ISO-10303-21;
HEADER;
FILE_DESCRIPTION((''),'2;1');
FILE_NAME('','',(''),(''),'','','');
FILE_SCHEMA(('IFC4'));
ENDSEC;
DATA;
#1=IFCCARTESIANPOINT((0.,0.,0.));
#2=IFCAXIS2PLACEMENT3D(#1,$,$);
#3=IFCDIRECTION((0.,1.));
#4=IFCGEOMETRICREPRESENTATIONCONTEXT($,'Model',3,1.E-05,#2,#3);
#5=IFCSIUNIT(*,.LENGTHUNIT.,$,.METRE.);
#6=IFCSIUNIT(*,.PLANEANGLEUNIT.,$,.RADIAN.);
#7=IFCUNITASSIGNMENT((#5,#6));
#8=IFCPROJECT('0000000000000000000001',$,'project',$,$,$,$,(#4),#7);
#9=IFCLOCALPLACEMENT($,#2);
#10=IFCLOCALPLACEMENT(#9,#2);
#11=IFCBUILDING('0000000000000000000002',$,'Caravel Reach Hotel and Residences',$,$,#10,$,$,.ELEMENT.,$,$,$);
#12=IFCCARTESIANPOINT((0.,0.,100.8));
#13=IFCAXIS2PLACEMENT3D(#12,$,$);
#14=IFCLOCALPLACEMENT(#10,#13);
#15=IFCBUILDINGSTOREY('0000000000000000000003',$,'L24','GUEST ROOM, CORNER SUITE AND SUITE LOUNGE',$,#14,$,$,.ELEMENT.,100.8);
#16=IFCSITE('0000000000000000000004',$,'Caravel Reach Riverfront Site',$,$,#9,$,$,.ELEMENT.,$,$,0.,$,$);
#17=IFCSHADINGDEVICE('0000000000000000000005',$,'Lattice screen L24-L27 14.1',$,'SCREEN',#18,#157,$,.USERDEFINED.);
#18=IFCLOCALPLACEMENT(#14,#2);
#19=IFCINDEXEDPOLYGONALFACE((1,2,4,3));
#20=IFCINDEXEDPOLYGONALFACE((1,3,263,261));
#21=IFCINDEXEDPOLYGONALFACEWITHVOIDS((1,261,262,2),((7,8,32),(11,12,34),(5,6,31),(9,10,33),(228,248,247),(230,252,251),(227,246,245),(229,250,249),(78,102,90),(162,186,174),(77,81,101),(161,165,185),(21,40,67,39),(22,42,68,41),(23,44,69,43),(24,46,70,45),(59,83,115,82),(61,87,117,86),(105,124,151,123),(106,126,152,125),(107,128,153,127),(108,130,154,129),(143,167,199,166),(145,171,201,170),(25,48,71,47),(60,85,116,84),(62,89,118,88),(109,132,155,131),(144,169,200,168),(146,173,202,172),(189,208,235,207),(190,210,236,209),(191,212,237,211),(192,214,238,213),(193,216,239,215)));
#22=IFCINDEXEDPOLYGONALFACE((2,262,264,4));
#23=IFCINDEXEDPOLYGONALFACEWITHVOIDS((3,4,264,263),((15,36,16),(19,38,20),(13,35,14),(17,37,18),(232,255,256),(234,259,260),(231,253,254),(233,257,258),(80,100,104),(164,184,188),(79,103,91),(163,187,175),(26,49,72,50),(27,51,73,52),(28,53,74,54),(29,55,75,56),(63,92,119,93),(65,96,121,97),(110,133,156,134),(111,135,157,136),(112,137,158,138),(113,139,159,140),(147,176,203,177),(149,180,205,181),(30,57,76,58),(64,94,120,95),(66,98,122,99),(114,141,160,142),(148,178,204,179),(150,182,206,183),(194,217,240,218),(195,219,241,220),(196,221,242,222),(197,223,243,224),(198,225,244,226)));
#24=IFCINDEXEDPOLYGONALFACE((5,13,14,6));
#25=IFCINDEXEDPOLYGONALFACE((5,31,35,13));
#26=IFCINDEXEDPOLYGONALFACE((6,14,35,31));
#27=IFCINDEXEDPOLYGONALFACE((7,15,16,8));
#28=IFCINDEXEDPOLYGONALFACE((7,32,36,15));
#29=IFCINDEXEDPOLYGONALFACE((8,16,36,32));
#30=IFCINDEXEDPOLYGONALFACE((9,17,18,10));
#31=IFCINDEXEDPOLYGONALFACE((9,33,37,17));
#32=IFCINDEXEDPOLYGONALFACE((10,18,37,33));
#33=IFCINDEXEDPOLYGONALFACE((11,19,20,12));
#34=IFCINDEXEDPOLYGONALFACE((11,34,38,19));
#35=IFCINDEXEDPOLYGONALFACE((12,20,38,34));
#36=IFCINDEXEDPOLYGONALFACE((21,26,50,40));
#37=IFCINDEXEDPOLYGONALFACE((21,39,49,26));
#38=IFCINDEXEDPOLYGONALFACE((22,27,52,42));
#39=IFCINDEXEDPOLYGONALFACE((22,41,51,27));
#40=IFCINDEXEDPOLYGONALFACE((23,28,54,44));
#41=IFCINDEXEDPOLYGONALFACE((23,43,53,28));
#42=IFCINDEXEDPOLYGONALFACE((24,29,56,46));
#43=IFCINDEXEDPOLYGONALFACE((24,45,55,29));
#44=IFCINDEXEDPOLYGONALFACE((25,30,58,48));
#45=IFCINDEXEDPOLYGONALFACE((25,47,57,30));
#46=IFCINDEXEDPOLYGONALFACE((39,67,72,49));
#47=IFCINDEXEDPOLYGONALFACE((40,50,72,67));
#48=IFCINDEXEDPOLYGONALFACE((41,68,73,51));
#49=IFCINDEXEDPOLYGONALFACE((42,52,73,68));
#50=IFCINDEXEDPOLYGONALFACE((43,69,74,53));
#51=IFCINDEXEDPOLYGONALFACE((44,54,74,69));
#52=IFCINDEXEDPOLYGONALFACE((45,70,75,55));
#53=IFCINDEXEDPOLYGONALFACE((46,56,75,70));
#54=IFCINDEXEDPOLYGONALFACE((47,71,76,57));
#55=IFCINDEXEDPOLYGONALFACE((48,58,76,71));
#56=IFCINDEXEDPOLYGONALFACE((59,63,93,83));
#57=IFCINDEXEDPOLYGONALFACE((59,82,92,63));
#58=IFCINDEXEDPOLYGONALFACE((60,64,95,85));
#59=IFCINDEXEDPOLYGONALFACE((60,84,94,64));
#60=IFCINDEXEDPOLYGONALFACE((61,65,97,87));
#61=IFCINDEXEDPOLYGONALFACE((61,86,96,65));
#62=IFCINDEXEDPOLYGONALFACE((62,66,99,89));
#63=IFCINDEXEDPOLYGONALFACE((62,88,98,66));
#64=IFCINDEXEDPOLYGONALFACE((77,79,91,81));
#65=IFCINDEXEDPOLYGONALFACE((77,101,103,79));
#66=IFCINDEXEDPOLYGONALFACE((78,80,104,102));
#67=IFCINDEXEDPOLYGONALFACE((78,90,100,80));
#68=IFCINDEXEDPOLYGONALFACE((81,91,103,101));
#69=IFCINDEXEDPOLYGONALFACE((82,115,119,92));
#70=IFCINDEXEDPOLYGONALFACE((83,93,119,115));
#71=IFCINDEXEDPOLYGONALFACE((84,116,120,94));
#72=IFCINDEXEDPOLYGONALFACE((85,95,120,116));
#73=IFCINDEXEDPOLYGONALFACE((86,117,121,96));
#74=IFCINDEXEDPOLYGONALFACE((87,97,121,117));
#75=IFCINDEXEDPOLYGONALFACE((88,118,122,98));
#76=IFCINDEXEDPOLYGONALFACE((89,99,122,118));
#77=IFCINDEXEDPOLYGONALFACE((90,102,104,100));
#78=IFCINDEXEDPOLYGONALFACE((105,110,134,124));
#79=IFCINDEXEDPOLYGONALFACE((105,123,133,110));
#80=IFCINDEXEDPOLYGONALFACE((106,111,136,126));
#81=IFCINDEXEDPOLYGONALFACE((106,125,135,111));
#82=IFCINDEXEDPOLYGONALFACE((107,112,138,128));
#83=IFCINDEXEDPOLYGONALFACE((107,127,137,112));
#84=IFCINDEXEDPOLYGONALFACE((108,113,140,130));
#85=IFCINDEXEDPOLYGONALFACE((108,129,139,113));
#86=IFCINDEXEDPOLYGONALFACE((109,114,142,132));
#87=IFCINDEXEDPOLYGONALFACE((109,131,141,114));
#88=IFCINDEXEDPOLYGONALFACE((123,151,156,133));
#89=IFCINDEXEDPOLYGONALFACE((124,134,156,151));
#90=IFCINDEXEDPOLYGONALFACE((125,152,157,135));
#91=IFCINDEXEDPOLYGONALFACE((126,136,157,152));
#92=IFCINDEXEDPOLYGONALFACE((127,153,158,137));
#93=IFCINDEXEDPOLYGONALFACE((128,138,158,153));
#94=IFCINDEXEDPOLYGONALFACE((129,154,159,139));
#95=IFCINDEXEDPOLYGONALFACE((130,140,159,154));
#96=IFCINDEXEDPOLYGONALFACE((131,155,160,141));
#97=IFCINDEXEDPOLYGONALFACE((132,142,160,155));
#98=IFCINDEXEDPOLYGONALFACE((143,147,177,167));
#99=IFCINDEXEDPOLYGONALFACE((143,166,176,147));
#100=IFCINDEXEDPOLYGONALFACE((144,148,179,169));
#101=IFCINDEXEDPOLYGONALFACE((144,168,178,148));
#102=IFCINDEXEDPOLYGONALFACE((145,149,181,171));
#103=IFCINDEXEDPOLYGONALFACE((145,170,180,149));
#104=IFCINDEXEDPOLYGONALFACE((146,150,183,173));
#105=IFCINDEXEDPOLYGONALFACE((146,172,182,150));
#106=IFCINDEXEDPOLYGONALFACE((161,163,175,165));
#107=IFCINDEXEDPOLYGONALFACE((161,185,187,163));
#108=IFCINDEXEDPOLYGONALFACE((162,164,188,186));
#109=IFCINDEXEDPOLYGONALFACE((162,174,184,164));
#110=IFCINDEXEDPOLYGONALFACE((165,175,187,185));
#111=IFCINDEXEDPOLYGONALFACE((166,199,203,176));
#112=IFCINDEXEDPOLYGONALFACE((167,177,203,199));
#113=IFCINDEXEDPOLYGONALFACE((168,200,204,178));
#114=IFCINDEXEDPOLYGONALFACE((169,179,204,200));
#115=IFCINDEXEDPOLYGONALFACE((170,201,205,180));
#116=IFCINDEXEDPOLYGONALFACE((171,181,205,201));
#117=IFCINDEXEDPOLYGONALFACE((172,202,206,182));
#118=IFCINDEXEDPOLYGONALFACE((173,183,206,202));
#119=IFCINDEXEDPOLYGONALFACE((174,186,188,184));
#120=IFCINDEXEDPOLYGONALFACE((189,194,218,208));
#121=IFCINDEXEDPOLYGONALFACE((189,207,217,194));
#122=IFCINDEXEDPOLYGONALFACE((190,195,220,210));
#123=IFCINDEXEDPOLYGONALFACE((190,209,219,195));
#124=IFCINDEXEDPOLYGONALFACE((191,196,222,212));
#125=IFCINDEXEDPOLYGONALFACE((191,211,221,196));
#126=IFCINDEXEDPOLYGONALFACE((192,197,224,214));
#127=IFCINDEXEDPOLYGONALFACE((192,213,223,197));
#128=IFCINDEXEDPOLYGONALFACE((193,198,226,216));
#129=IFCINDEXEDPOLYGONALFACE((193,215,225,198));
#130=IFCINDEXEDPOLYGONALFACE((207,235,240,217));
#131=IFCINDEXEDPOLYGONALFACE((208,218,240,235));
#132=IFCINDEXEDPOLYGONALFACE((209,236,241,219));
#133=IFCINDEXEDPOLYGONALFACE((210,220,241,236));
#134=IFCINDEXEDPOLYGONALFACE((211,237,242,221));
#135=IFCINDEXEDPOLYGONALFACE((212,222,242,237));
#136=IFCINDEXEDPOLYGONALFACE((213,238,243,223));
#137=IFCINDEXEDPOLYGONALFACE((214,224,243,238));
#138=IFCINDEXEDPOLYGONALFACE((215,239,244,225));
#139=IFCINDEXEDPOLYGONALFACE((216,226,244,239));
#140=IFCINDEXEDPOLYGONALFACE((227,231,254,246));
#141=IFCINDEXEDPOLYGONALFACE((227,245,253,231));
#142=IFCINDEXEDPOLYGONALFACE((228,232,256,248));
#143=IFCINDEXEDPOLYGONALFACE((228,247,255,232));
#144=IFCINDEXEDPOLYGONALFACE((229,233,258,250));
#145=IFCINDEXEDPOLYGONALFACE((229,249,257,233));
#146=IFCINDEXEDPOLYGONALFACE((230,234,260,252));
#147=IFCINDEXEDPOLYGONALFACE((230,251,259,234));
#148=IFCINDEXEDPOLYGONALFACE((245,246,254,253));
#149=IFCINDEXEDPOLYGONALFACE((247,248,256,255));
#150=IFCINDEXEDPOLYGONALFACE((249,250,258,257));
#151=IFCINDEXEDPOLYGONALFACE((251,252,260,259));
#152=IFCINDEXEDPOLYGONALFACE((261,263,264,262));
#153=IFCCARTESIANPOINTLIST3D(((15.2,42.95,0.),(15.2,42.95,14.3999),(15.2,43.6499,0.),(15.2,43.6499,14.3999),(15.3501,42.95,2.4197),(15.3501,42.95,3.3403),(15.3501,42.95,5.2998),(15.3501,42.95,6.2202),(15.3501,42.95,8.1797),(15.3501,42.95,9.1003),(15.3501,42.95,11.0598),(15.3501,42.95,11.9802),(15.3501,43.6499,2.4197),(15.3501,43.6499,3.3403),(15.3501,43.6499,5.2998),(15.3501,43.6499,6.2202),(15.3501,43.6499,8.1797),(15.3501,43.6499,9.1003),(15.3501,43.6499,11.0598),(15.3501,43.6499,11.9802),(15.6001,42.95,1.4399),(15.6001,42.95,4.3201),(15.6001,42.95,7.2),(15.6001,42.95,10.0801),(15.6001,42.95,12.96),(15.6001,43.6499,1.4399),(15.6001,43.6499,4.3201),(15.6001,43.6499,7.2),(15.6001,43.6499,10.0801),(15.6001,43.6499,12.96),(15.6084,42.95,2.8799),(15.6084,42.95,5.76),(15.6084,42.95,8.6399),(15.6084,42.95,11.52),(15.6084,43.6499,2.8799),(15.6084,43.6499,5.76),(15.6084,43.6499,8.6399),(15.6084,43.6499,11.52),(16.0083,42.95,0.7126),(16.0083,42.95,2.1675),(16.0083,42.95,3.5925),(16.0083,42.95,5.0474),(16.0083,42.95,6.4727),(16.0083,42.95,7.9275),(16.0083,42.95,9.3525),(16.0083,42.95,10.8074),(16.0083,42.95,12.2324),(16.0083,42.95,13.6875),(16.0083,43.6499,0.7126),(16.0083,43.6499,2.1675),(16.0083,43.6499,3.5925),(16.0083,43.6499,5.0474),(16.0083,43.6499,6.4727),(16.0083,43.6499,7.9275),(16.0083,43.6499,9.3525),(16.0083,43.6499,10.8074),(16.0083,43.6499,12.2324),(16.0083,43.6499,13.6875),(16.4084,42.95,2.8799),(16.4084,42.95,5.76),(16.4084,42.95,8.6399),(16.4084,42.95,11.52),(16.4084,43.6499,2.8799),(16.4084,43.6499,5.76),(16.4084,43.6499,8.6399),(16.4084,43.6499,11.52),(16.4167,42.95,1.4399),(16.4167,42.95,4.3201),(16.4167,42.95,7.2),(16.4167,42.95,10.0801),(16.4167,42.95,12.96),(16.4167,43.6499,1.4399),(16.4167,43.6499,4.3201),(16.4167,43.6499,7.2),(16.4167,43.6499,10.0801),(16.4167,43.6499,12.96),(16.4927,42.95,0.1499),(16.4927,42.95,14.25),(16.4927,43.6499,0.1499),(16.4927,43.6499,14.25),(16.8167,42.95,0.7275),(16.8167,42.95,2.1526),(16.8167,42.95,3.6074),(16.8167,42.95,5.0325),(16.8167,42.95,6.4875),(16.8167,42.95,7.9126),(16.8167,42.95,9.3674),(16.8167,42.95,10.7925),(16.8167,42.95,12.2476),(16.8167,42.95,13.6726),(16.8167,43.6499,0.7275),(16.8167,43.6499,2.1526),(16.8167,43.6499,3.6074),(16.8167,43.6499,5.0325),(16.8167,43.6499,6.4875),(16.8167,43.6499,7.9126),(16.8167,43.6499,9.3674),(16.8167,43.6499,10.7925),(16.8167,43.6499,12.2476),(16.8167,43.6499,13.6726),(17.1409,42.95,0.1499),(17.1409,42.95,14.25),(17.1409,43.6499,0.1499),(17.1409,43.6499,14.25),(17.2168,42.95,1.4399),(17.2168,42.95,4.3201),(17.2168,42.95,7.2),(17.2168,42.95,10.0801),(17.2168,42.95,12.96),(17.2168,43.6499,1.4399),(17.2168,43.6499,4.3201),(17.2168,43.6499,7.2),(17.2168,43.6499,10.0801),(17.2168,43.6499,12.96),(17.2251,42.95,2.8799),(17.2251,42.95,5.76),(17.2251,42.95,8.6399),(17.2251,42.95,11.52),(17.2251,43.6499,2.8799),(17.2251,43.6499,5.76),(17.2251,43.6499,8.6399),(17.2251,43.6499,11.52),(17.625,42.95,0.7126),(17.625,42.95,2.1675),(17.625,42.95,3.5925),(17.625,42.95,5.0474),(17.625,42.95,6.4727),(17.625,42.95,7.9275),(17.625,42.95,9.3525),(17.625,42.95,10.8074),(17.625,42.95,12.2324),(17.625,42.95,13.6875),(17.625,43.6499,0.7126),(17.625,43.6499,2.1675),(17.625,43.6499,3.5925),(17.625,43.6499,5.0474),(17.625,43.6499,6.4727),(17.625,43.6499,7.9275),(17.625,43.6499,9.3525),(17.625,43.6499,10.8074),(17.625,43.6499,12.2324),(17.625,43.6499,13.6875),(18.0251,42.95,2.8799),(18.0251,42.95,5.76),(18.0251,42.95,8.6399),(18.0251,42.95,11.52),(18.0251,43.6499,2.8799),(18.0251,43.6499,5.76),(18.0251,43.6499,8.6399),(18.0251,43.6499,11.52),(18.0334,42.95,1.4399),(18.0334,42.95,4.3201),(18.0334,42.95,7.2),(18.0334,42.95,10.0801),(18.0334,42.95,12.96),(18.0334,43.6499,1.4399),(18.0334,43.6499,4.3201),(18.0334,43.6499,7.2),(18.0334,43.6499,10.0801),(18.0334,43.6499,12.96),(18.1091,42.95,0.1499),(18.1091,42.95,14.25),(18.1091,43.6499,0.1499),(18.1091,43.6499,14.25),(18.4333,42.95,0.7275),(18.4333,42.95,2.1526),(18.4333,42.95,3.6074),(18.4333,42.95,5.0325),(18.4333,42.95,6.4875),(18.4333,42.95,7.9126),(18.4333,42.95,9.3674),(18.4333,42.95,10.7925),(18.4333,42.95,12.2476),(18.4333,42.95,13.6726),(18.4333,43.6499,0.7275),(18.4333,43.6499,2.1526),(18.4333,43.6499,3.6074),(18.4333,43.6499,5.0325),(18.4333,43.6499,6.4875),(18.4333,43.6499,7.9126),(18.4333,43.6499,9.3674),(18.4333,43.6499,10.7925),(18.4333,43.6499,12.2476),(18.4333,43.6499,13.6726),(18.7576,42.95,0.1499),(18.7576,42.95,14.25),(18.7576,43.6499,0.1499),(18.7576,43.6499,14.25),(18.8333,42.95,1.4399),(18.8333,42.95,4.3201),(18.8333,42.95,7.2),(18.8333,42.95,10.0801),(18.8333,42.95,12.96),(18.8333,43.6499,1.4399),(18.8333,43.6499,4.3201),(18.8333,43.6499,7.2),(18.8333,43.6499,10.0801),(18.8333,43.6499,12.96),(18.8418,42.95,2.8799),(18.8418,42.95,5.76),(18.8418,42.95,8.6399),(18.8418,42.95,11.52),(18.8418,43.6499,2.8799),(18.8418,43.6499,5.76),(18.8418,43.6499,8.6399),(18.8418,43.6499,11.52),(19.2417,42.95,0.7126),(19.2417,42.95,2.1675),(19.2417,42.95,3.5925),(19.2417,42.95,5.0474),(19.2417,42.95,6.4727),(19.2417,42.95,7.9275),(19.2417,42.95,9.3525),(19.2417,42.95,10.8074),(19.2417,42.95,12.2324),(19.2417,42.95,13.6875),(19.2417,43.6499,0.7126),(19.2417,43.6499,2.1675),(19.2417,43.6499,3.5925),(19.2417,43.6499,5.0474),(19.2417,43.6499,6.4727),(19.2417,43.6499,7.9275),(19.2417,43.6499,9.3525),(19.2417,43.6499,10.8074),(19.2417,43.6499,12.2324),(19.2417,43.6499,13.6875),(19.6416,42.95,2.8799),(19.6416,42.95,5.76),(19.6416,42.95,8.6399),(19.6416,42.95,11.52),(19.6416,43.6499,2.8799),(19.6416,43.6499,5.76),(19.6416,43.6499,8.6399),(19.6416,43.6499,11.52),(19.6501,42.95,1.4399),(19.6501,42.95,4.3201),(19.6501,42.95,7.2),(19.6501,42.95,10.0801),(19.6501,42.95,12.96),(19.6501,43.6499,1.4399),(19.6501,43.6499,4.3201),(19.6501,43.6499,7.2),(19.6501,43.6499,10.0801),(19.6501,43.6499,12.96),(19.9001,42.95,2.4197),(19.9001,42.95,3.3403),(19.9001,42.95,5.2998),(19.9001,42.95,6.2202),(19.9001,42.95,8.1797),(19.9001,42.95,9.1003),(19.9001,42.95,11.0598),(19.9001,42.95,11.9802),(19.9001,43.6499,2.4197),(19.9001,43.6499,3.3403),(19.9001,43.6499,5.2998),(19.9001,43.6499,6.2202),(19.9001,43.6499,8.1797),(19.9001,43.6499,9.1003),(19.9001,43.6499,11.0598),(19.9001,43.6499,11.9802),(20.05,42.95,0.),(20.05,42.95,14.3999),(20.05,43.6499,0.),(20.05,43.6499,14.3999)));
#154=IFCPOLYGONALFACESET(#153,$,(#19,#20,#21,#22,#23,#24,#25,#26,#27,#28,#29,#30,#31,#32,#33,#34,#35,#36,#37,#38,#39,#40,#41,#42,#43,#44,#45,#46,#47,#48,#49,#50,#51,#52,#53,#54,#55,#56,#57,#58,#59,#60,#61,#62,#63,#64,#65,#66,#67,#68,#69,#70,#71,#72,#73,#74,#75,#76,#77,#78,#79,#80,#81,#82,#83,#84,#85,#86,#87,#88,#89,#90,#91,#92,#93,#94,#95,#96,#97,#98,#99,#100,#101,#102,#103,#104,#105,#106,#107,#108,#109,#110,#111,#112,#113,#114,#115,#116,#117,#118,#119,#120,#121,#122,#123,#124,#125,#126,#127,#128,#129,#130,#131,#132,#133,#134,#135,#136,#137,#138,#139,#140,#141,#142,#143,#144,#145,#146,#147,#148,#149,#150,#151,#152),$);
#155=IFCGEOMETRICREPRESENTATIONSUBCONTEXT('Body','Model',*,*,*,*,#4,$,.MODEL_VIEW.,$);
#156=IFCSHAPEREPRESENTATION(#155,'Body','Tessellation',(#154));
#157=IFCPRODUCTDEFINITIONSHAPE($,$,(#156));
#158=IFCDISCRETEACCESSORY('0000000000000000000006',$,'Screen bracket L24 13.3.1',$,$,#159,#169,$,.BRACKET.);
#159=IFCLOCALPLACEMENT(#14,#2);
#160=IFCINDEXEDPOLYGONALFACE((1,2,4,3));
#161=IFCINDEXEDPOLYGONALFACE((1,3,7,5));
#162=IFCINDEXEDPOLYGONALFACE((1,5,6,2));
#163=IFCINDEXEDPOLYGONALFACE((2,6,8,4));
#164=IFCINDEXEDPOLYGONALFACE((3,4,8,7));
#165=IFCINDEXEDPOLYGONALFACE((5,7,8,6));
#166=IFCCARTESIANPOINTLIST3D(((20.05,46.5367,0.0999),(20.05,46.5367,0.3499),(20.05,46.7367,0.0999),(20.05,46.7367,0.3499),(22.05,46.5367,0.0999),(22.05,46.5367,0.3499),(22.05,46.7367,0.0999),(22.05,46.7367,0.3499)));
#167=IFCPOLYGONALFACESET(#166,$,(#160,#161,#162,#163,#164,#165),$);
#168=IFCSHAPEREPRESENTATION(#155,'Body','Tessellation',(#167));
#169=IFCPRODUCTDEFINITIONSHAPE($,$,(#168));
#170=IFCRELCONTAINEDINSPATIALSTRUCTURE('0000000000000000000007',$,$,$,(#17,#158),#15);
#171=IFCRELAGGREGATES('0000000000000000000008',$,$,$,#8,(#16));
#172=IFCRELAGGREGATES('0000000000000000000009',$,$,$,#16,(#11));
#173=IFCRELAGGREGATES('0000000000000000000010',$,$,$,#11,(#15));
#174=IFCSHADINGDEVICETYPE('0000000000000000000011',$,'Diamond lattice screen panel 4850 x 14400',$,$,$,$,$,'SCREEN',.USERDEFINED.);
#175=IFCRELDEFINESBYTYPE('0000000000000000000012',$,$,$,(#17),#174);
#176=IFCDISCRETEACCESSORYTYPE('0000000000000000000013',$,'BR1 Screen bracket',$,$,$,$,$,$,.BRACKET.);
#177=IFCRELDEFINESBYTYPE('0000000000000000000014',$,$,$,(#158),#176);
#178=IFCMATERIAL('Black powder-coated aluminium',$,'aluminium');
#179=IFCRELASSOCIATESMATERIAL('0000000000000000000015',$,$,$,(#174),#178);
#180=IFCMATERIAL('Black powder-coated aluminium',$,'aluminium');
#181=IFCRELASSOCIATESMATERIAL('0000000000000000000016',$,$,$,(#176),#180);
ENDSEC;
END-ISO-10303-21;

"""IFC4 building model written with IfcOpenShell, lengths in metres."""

from ifc_helpers import new_model, si_unit, direction, frame, origin, origin_2d, place, context, subcontext, project, spatial, polyline, rectangle, outline, extrude, material, type_object, element, save


model = new_model("IFC4")

# Units and contexts
model_context = context("Model", 3, precision=1e-05, world=origin(), true_north=direction((0.0, 1.0)))
body_context = subcontext(model_context, "Body", "Model", "MODEL_VIEW")
ifc_project = project(units=[si_unit("LENGTHUNIT", "METRE"), si_unit("PLANEANGLEUNIT", "RADIAN")], contexts=[model_context])

# Site, building, storey
site_placement = place(None, origin())
site = spatial("IfcSite", under=ifc_project, at=site_placement, Name="Caravel Reach Riverfront Site", CompositionType="ELEMENT", RefElevation=0.0)
building_placement = place(site_placement, origin())
building = spatial("IfcBuilding", under=site, at=building_placement, Name="Caravel Reach Hotel and Residences", CompositionType="ELEMENT")
storey_placement = place(building_placement, frame((0.0, 0.0, 100.8)))
storey = spatial("IfcBuildingStorey", under=building, at=storey_placement, Name="L24", Description="GUEST ROOM, CORNER SUITE AND SUITE LOUNGE", CompositionType="ELEMENT", Elevation=100.8)

# Shading device
ifc_material_1 = material(Name="Black powder-coated aluminium", Category="aluminium")
shading_device_type_1 = type_object("IfcShadingDeviceType", Name="Diamond lattice screen panel 4850 x 14400", ElementType="SCREEN", PredefinedType="USERDEFINED", material=ifc_material_1)
shading_device_1_placement = place(storey_placement, frame((20.05, 42.95, 0.0), z_axis=(0.0, 1.0, 0.0), x_axis=(-1.0, 0.0, 0.0)))
element("IfcShadingDevice", 1, at=shading_device_1_placement, inside=storey, type_object=shading_device_type_1, Name="Lattice screen L24-L27 14.1", ObjectType="SCREEN", PredefinedType="USERDEFINED", context=body_context, shape_type="SweptSolid", body=[
    extrude(outline(polyline([(0.0, 0.0), (4.8501, 0.0), (4.8501, 14.3999), (0.0, 14.3999), (0.0, 0.0)]), holes=[polyline([(0.4084, 2.8799), (0.1499, 3.3403), (0.1499, 2.4197), (0.4084, 2.8799)]), polyline([(0.4084, 5.76), (0.1499, 6.2202), (0.1499, 5.2998), (0.4084, 5.76)]), polyline([(0.4084, 8.6399), (0.1499, 9.1003), (0.1499, 8.1797), (0.4084, 8.6399)]), polyline([(0.4084, 11.52), (0.1499, 11.9802), (0.1499, 11.0598), (0.4084, 11.52)]), polyline([(0.8083, 2.1675), (0.3999, 1.4399), (0.8083, 0.7126), (1.2168, 1.4399), (0.8083, 2.1675)]), polyline([(0.8083, 5.0474), (0.3999, 4.3201), (0.8083, 3.5925), (1.2168, 4.3201), (0.8083, 5.0474)]), polyline([(0.8083, 7.9275), (0.3999, 7.2), (0.8083, 6.4727), (1.2168, 7.2), (0.8083, 7.9275)]), polyline([(0.8083, 10.8074), (0.3999, 10.0801), (0.8083, 9.3525), (1.2168, 10.0801), (0.8083, 10.8074)]), polyline([(0.8083, 13.6875), (0.3999, 12.96), (0.8083, 12.2324), (1.2168, 12.96), (0.8083, 13.6875)]), polyline([(1.6167, 0.7275), (1.2925, 0.1499), (1.9409, 0.1499), (1.6167, 0.7275)]), polyline([(1.6167, 3.6074), (1.2083, 2.8799), (1.6167, 2.1526), (2.0249, 2.8799), (1.6167, 3.6074)]), polyline([(1.6167, 6.4875), (1.2083, 5.76), (1.6167, 5.0325), (2.0249, 5.76), (1.6167, 6.4875)]), polyline([(1.6167, 9.3674), (1.2083, 8.6399), (1.6167, 7.9126), (2.0249, 8.6399), (1.6167, 9.3674)]), polyline([(1.6167, 12.2476), (1.2083, 11.52), (1.6167, 10.7925), (2.0249, 11.52), (1.6167, 12.2476)]), polyline([(1.6167, 13.6726), (1.9409, 14.25), (1.2925, 14.25), (1.6167, 13.6726)]), polyline([(2.425, 2.1675), (2.0166, 1.4399), (2.425, 0.7126), (2.8333, 1.4399), (2.425, 2.1675)]), polyline([(2.425, 5.0474), (2.0166, 4.3201), (2.425, 3.5925), (2.8333, 4.3201), (2.425, 5.0474)]), polyline([(2.425, 7.9275), (2.0166, 7.2), (2.425, 6.4727), (2.8333, 7.2), (2.425, 7.9275)]), polyline([(2.425, 10.8074), (2.0166, 10.0801), (2.425, 9.3525), (2.8333, 10.0801), (2.425, 10.8074)]), polyline([(2.425, 13.6875), (2.0166, 12.96), (2.425, 12.2324), (2.8333, 12.96), (2.425, 13.6875)]), polyline([(3.2334, 0.7275), (2.9092, 0.1499), (3.5574, 0.1499), (3.2334, 0.7275)]), polyline([(3.2334, 3.6074), (2.825, 2.8799), (3.2334, 2.1526), (3.6416, 2.8799), (3.2334, 3.6074)]), polyline([(3.2334, 6.4875), (2.825, 5.76), (3.2334, 5.0325), (3.6416, 5.76), (3.2334, 6.4875)]), polyline([(3.2334, 9.3674), (2.825, 8.6399), (3.2334, 7.9126), (3.6416, 8.6399), (3.2334, 9.3674)]), polyline([(3.2334, 12.2476), (2.825, 11.52), (3.2334, 10.7925), (3.6416, 11.52), (3.2334, 12.2476)]), polyline([(3.2334, 13.6726), (3.5574, 14.25), (2.9092, 14.25), (3.2334, 13.6726)]), polyline([(4.0417, 2.1675), (3.6333, 1.4399), (4.0417, 0.7126), (4.45, 1.4399), (4.0417, 2.1675)]), polyline([(4.0417, 5.0474), (3.6333, 4.3201), (4.0417, 3.5925), (4.45, 4.3201), (4.0417, 5.0474)]), polyline([(4.0417, 7.9275), (3.6333, 7.2), (4.0417, 6.4727), (4.45, 7.2), (4.0417, 7.9275)]), polyline([(4.0417, 10.8074), (3.6333, 10.0801), (4.0417, 9.3525), (4.45, 10.0801), (4.0417, 10.8074)]), polyline([(4.0417, 13.6875), (3.6333, 12.96), (4.0417, 12.2324), (4.45, 12.96), (4.0417, 13.6875)]), polyline([(4.4417, 2.8799), (4.7, 2.4197), (4.7, 3.3403), (4.4417, 2.8799)]), polyline([(4.4417, 5.76), (4.7, 5.2998), (4.7, 6.2202), (4.4417, 5.76)]), polyline([(4.4417, 8.6399), (4.7, 8.1797), (4.7, 9.1003), (4.4417, 8.6399)]), polyline([(4.4417, 11.52), (4.7, 11.0598), (4.7, 11.9802), (4.4417, 11.52)])]), origin(), (0.0, 0.0, 1.0), 0.7),
])

# Discrete accessory
ifc_material_2 = material(Name="Black powder-coated aluminium", Category="aluminium")
discrete_accessory_type = type_object("IfcDiscreteAccessoryType", Name="BR1 Screen bracket", PredefinedType="BRACKET", material=ifc_material_2)
for number, where, z_axis, x_axis, name in (
    (2, (21.05, 46.6367, 0.0999), (0.0, 0.0, 1.0), (-1.0, 0.0, 0.0), "Screen bracket L24 13.3.1"),
):
    element("IfcDiscreteAccessory", number, at=place(storey_placement, frame(where, z_axis=z_axis, x_axis=x_axis)), inside=storey, type_object=discrete_accessory_type, Name=name, PredefinedType="BRACKET", context=body_context, shape_type="SweptSolid", body=[
        extrude(rectangle(XDim=2.0, YDim=0.2, at=origin_2d()), origin(), (0.0, 0.0, 1.0), 0.25),
    ])

save(model, "model.ifc")
